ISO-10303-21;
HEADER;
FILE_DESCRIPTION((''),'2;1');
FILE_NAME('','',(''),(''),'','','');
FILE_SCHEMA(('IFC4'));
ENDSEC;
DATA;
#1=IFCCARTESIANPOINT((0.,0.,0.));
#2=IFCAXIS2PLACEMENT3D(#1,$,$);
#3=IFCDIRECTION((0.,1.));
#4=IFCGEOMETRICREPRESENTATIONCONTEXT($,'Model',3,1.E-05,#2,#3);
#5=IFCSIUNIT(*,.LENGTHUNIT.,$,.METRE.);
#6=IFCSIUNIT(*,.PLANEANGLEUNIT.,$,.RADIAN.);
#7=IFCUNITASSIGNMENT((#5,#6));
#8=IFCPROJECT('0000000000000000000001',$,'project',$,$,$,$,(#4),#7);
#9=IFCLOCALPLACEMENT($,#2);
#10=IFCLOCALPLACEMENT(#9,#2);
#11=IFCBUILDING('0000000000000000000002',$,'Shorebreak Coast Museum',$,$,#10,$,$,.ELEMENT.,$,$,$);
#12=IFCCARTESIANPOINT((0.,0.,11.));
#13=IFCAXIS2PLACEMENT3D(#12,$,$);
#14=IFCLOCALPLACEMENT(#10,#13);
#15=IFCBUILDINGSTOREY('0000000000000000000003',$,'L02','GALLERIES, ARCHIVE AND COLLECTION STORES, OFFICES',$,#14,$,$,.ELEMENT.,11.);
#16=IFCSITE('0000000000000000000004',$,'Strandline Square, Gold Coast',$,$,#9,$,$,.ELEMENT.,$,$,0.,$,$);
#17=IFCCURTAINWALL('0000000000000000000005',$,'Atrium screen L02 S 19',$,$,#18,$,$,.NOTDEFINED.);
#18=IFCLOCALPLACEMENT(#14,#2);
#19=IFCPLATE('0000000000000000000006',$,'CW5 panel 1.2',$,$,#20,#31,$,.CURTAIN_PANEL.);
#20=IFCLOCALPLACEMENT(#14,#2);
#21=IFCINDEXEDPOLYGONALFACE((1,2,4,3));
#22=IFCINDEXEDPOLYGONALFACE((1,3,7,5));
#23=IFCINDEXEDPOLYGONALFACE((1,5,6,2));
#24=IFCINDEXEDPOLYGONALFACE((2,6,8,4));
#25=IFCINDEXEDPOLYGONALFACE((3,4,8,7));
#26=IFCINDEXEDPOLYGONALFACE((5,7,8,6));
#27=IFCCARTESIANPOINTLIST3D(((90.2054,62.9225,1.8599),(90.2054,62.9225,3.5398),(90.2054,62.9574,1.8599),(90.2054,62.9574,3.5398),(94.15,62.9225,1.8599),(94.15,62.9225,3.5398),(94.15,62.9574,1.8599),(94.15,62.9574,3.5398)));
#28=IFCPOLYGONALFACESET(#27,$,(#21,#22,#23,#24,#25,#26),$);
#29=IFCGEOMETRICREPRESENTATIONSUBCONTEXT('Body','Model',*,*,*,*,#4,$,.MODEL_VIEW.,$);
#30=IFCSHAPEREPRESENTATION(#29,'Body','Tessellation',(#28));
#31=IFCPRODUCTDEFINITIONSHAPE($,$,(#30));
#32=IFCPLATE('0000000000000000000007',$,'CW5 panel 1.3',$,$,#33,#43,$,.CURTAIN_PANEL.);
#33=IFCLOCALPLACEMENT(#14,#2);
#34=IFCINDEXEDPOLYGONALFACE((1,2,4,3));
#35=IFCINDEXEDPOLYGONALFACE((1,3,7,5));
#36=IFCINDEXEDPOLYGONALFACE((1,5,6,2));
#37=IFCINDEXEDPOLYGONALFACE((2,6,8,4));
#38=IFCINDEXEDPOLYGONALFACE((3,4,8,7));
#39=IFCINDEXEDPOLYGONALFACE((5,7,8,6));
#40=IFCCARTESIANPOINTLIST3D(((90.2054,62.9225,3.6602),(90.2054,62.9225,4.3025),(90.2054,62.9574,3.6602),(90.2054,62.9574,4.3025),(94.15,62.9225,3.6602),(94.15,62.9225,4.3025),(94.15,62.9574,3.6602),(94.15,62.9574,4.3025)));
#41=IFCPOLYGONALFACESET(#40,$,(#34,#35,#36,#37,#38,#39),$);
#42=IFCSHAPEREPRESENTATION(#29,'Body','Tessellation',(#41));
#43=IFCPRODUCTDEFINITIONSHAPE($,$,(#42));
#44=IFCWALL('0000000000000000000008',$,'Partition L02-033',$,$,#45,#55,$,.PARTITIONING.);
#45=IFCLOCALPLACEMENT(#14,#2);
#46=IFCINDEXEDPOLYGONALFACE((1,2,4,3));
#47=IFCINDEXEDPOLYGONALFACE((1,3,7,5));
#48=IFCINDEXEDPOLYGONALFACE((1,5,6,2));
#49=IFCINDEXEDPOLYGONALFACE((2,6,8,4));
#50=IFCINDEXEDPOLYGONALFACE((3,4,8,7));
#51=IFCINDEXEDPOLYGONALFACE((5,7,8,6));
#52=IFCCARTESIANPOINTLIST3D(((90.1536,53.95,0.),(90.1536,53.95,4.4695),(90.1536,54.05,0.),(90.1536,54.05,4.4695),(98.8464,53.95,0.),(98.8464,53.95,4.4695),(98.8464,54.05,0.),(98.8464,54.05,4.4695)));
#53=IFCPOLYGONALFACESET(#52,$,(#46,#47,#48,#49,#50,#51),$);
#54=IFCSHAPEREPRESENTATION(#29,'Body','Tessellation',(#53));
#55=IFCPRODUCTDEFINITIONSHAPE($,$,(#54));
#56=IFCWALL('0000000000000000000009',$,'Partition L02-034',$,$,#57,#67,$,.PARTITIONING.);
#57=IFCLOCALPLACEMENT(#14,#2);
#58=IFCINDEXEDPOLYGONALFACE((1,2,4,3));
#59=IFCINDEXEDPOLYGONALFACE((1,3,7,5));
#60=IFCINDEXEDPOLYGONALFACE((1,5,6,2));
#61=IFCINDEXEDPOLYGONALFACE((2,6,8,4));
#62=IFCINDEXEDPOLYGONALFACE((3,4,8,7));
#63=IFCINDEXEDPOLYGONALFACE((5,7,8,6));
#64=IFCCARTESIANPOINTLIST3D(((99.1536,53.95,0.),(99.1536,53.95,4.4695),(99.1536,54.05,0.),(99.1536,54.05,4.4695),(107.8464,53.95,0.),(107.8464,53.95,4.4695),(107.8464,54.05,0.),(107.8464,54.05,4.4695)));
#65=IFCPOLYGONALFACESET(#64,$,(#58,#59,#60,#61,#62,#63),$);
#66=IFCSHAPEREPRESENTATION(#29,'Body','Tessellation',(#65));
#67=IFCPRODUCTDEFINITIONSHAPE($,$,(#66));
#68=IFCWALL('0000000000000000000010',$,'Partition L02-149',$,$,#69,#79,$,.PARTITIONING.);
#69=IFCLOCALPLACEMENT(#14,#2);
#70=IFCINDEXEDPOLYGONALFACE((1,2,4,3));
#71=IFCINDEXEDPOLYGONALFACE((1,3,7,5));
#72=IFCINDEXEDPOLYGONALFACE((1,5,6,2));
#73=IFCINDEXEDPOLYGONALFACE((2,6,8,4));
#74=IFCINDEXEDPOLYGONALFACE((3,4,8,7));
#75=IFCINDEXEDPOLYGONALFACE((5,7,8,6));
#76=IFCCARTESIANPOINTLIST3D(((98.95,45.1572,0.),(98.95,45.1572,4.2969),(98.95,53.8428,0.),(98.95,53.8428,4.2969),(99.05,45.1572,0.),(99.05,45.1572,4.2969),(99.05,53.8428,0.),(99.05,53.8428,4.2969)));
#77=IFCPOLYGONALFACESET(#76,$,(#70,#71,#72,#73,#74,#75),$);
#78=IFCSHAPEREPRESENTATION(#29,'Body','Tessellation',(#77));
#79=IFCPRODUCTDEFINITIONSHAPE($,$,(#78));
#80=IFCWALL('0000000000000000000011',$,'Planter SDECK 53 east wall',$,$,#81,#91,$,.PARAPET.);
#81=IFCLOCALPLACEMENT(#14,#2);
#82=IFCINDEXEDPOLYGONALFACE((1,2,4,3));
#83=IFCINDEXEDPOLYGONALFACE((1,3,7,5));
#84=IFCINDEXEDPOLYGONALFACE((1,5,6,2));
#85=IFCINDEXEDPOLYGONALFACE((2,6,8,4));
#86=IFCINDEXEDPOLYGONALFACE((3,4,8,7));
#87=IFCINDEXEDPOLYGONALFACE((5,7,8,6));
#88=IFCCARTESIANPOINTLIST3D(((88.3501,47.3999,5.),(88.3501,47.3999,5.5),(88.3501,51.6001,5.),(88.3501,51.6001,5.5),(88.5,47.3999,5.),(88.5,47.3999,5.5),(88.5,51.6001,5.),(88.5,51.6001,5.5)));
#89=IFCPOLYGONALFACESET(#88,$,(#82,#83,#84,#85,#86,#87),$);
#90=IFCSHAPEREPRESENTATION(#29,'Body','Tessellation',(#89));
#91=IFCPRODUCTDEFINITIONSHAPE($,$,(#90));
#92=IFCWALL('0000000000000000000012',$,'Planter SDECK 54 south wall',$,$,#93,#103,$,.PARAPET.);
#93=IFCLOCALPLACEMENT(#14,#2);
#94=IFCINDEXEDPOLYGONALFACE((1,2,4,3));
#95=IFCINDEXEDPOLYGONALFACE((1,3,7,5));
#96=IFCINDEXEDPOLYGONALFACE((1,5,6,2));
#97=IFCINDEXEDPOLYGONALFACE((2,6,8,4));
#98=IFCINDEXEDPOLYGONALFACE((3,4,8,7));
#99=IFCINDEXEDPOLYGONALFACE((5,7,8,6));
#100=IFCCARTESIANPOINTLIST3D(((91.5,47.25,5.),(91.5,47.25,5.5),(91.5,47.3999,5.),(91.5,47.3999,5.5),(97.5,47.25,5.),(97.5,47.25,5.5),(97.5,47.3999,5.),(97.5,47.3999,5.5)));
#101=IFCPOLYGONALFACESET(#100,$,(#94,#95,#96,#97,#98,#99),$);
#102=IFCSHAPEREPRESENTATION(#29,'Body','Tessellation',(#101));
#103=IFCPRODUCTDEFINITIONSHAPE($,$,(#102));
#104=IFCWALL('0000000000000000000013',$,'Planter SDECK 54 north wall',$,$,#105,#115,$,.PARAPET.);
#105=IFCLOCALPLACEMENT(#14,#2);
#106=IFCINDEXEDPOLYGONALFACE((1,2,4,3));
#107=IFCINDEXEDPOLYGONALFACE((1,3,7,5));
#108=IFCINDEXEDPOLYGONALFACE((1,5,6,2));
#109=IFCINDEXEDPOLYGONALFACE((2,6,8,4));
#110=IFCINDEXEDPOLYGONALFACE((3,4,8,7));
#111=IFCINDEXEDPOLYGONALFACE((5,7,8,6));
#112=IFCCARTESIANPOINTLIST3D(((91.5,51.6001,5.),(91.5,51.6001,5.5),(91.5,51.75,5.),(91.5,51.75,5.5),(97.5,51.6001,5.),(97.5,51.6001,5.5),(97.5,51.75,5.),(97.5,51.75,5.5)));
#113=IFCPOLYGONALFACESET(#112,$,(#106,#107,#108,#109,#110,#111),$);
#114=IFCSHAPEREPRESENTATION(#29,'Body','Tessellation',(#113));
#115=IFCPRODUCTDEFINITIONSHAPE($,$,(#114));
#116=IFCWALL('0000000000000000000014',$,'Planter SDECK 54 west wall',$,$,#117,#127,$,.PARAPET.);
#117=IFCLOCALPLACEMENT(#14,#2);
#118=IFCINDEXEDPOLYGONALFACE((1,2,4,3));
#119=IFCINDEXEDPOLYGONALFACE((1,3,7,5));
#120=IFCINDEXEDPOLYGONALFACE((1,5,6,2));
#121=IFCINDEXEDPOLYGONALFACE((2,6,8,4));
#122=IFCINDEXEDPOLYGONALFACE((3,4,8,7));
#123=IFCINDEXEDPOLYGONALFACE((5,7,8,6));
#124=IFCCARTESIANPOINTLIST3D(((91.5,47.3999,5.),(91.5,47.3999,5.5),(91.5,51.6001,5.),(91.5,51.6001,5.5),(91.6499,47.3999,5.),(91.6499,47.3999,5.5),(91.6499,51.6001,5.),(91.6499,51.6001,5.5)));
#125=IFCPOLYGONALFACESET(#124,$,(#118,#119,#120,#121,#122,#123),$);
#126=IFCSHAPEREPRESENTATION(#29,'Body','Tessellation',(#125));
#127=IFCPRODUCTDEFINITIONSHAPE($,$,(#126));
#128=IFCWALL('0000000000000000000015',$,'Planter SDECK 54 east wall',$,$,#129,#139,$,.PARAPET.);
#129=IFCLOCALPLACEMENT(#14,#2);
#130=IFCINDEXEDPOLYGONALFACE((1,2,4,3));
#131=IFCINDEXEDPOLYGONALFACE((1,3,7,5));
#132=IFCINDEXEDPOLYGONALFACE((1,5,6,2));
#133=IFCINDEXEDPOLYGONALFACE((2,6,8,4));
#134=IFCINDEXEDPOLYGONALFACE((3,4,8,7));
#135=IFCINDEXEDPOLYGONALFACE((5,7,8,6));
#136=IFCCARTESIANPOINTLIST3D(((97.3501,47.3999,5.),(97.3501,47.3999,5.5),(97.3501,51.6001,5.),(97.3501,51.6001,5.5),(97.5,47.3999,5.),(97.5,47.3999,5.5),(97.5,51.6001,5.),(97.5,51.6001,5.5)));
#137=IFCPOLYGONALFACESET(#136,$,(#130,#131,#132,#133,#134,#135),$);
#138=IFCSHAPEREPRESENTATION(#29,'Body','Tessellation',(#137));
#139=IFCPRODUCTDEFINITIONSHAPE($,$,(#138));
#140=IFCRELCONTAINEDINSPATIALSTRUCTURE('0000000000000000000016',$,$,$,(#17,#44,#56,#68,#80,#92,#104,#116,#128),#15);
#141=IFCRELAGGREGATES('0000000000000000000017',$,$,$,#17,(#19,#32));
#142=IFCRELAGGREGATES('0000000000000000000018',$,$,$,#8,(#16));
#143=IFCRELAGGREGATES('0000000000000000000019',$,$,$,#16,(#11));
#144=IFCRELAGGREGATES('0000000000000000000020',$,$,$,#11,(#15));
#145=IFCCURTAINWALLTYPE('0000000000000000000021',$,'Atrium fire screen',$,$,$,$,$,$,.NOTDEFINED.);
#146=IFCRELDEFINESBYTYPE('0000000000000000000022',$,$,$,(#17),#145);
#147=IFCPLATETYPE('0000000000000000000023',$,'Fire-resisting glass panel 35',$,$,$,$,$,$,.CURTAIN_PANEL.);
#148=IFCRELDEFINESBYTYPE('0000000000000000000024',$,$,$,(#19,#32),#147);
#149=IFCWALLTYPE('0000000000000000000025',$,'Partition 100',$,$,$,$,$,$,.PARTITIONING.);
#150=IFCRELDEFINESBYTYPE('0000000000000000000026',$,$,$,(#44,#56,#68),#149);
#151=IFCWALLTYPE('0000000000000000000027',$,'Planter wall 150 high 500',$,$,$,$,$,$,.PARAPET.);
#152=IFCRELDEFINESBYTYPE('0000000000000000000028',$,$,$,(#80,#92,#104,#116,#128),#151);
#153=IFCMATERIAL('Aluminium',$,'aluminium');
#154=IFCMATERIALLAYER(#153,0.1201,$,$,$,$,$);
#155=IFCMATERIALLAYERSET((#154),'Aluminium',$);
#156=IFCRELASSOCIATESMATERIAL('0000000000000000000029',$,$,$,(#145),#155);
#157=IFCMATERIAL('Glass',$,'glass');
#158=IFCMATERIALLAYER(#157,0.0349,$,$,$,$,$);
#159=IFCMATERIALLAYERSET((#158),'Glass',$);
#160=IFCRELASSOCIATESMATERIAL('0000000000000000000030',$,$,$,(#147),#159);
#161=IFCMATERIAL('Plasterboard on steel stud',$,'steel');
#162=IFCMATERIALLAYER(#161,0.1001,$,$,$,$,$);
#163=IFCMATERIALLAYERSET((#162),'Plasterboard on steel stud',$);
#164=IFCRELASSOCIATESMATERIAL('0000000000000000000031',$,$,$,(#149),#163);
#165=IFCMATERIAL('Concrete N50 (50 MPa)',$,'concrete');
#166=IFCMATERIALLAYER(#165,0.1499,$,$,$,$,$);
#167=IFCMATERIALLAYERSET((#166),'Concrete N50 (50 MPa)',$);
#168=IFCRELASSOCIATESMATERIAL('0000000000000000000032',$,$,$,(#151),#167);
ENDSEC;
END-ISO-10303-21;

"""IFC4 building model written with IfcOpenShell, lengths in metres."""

from ifc_helpers import new_model, si_unit, direction, frame, frame_2d, origin, origin_2d, place, context, subcontext, project, spatial, rectangle, extrude, material, layer, layer_set, type_object, element, aggregate, save


model = new_model("IFC4")

# Units and contexts
model_context = context("Model", 3, precision=1e-05, world=origin(), true_north=direction((0.0, 1.0)))
body_context = subcontext(model_context, "Body", "Model", "MODEL_VIEW")
ifc_project = project(units=[si_unit("LENGTHUNIT", "METRE"), si_unit("PLANEANGLEUNIT", "RADIAN")], contexts=[model_context])

# Site, building, storey
site_placement = place(None, origin())
site = spatial("IfcSite", under=ifc_project, at=site_placement, Name="Strandline Square, Gold Coast", CompositionType="ELEMENT", RefElevation=0.0)
building_placement = place(site_placement, origin())
building = spatial("IfcBuilding", under=site, at=building_placement, Name="Shorebreak Coast Museum", CompositionType="ELEMENT")
storey_placement = place(building_placement, frame((0.0, 0.0, 11.0)))
storey = spatial("IfcBuildingStorey", under=building, at=storey_placement, Name="L02", Description="GALLERIES, ARCHIVE AND COLLECTION STORES, OFFICES", CompositionType="ELEMENT", Elevation=11.0)

# Shared definitions
ifc_material_1 = material(Name="Aluminium", Category="aluminium")
ifc_layer_1 = layer(ifc_material_1, 0.1201)
ifc_layer_set_1 = layer_set([ifc_layer_1], Name="Aluminium")
curtain_wall_type = type_object("IfcCurtainWallType", Name="Atrium fire screen", PredefinedType="NOTDEFINED", material=ifc_layer_set_1)

# Curtain wall
curtain_wall_1_placement = place(storey_placement, origin())
curtain_wall_1 = element("IfcCurtainWall", 1, at=curtain_wall_1_placement, inside=storey, type_object=curtain_wall_type, Name="Atrium screen L02 S 19", PredefinedType="NOTDEFINED")

# Plates
ifc_material_2 = material(Name="Glass", Category="glass")
ifc_layer_2 = layer(ifc_material_2, 0.0349)
ifc_layer_set_2 = layer_set([ifc_layer_2], Name="Glass")
plate_type = type_object("IfcPlateType", Name="Fire-resisting glass panel 35", PredefinedType="CURTAIN_PANEL", material=ifc_layer_set_2)
plate_1_placement = place(storey_placement, frame((92.1777, 62.9399, 1.8599), z_axis=(0.0, 0.0, 1.0), x_axis=(1.0, 0.0, 0.0)))
plate_1 = element("IfcPlate", 2, at=plate_1_placement, type_object=plate_type, Name="CW5 panel 1.2", PredefinedType="CURTAIN_PANEL", context=body_context, shape_type="SweptSolid", body=[
    extrude(rectangle(XDim=3.9446, YDim=0.0349, at=origin_2d()), origin(), (0.0, 0.0, 1.0), 1.6799),
])
plate_2_placement = place(storey_placement, frame((92.1777, 62.9399, 3.6602), z_axis=(0.0, 0.0, 1.0), x_axis=(1.0, 0.0, 0.0)))
plate_2 = element("IfcPlate", 3, at=plate_2_placement, type_object=plate_type, Name="CW5 panel 1.3", PredefinedType="CURTAIN_PANEL", context=body_context, shape_type="SweptSolid", body=[
    extrude(rectangle(XDim=3.9446, YDim=0.0349, at=origin_2d()), origin(), (0.0, 0.0, 1.0), 0.6423),
])
aggregate(curtain_wall_1, [plate_1, plate_2])

# Walls
ifc_material_3 = material(Name="Plasterboard on steel stud", Category="steel")
ifc_layer_3 = layer(ifc_material_3, 0.1001)
ifc_layer_set_3 = layer_set([ifc_layer_3], Name="Plasterboard on steel stud")
wall_type_1 = type_object("IfcWallType", Name="Partition 100", PredefinedType="PARTITIONING", material=ifc_layer_set_3)
for number, where, z_axis, x_axis, name in (
    (4, (90.1536, 54.0, 0.0), (0.0, 0.0, 1.0), (1.0, 0.0, 0.0), "Partition L02-033"),
    (5, (99.1536, 54.0, 0.0), (0.0, 0.0, 1.0), (1.0, 0.0, 0.0), "Partition L02-034"),
):
    element("IfcWall", number, at=place(storey_placement, frame(where, z_axis=z_axis, x_axis=x_axis)), inside=storey, type_object=wall_type_1, Name=name, PredefinedType="PARTITIONING", context=body_context, shape_type="SweptSolid", body=[
        extrude(rectangle(XDim=8.6929, YDim=0.1001, at=frame_2d((4.3464, 0.0))), origin(), (0.0, 0.0, 1.0), 4.4695),
    ])
wall_1_placement = place(storey_placement, frame((99.0, 45.1572, 0.0), z_axis=(0.0, 0.0, 1.0), x_axis=(0.0, 1.0, 0.0)))
element("IfcWall", 6, at=wall_1_placement, inside=storey, type_object=wall_type_1, Name="Partition L02-149", PredefinedType="PARTITIONING", context=body_context, shape_type="SweptSolid", body=[
    extrude(rectangle(XDim=8.6855, YDim=0.1001, at=frame_2d((4.3428, 0.0))), origin(), (0.0, 0.0, 1.0), 4.2969),
])
ifc_material_4 = material(Name="Concrete N50 (50 MPa)", Category="concrete")
ifc_layer_4 = layer(ifc_material_4, 0.1499)
ifc_layer_set_4 = layer_set([ifc_layer_4], Name="Concrete N50 (50 MPa)")
wall_type_2 = type_object("IfcWallType", Name="Planter wall 150 high 500", PredefinedType="PARAPET", material=ifc_layer_set_4)
wall_2_placement = place(storey_placement, frame((88.425, 47.3999, 5.0), z_axis=(0.0, 0.0, 1.0), x_axis=(0.0, 1.0, 0.0)))
element("IfcWall", 7, at=wall_2_placement, inside=storey, type_object=wall_type_2, Name="Planter SDECK 53 east wall", PredefinedType="PARAPET", context=body_context, shape_type="SweptSolid", body=[
    extrude(rectangle(XDim=4.2002, YDim=0.1499, at=frame_2d((2.1001, 0.0))), origin(), (0.0, 0.0, 1.0), 0.5),
])
for number, where, z_axis, x_axis, name in (
    (8, (91.5, 47.325, 5.0), (0.0, 0.0, 1.0), (1.0, 0.0, 0.0), "Planter SDECK 54 south wall"),
    (9, (91.5, 51.675, 5.0), (0.0, 0.0, 1.0), (1.0, 0.0, 0.0), "Planter SDECK 54 north wall"),
):
    element("IfcWall", number, at=place(storey_placement, frame(where, z_axis=z_axis, x_axis=x_axis)), inside=storey, type_object=wall_type_2, Name=name, PredefinedType="PARAPET", context=body_context, shape_type="SweptSolid", body=[
        extrude(rectangle(XDim=6.0, YDim=0.1499, at=frame_2d((3.0, 0.0))), origin(), (0.0, 0.0, 1.0), 0.5),
    ])
for number, where, z_axis, x_axis, name in (
    (10, (91.575, 47.3999, 5.0), (0.0, 0.0, 1.0), (0.0, 1.0, 0.0), "Planter SDECK 54 west wall"),
    (11, (97.425, 47.3999, 5.0), (0.0, 0.0, 1.0), (0.0, 1.0, 0.0), "Planter SDECK 54 east wall"),
):
    element("IfcWall", number, at=place(storey_placement, frame(where, z_axis=z_axis, x_axis=x_axis)), inside=storey, type_object=wall_type_2, Name=name, PredefinedType="PARAPET", context=body_context, shape_type="SweptSolid", body=[
        extrude(rectangle(XDim=4.2002, YDim=0.1499, at=frame_2d((2.1001, 0.0))), origin(), (0.0, 0.0, 1.0), 0.5),
    ])

save(model, "model.ifc")
